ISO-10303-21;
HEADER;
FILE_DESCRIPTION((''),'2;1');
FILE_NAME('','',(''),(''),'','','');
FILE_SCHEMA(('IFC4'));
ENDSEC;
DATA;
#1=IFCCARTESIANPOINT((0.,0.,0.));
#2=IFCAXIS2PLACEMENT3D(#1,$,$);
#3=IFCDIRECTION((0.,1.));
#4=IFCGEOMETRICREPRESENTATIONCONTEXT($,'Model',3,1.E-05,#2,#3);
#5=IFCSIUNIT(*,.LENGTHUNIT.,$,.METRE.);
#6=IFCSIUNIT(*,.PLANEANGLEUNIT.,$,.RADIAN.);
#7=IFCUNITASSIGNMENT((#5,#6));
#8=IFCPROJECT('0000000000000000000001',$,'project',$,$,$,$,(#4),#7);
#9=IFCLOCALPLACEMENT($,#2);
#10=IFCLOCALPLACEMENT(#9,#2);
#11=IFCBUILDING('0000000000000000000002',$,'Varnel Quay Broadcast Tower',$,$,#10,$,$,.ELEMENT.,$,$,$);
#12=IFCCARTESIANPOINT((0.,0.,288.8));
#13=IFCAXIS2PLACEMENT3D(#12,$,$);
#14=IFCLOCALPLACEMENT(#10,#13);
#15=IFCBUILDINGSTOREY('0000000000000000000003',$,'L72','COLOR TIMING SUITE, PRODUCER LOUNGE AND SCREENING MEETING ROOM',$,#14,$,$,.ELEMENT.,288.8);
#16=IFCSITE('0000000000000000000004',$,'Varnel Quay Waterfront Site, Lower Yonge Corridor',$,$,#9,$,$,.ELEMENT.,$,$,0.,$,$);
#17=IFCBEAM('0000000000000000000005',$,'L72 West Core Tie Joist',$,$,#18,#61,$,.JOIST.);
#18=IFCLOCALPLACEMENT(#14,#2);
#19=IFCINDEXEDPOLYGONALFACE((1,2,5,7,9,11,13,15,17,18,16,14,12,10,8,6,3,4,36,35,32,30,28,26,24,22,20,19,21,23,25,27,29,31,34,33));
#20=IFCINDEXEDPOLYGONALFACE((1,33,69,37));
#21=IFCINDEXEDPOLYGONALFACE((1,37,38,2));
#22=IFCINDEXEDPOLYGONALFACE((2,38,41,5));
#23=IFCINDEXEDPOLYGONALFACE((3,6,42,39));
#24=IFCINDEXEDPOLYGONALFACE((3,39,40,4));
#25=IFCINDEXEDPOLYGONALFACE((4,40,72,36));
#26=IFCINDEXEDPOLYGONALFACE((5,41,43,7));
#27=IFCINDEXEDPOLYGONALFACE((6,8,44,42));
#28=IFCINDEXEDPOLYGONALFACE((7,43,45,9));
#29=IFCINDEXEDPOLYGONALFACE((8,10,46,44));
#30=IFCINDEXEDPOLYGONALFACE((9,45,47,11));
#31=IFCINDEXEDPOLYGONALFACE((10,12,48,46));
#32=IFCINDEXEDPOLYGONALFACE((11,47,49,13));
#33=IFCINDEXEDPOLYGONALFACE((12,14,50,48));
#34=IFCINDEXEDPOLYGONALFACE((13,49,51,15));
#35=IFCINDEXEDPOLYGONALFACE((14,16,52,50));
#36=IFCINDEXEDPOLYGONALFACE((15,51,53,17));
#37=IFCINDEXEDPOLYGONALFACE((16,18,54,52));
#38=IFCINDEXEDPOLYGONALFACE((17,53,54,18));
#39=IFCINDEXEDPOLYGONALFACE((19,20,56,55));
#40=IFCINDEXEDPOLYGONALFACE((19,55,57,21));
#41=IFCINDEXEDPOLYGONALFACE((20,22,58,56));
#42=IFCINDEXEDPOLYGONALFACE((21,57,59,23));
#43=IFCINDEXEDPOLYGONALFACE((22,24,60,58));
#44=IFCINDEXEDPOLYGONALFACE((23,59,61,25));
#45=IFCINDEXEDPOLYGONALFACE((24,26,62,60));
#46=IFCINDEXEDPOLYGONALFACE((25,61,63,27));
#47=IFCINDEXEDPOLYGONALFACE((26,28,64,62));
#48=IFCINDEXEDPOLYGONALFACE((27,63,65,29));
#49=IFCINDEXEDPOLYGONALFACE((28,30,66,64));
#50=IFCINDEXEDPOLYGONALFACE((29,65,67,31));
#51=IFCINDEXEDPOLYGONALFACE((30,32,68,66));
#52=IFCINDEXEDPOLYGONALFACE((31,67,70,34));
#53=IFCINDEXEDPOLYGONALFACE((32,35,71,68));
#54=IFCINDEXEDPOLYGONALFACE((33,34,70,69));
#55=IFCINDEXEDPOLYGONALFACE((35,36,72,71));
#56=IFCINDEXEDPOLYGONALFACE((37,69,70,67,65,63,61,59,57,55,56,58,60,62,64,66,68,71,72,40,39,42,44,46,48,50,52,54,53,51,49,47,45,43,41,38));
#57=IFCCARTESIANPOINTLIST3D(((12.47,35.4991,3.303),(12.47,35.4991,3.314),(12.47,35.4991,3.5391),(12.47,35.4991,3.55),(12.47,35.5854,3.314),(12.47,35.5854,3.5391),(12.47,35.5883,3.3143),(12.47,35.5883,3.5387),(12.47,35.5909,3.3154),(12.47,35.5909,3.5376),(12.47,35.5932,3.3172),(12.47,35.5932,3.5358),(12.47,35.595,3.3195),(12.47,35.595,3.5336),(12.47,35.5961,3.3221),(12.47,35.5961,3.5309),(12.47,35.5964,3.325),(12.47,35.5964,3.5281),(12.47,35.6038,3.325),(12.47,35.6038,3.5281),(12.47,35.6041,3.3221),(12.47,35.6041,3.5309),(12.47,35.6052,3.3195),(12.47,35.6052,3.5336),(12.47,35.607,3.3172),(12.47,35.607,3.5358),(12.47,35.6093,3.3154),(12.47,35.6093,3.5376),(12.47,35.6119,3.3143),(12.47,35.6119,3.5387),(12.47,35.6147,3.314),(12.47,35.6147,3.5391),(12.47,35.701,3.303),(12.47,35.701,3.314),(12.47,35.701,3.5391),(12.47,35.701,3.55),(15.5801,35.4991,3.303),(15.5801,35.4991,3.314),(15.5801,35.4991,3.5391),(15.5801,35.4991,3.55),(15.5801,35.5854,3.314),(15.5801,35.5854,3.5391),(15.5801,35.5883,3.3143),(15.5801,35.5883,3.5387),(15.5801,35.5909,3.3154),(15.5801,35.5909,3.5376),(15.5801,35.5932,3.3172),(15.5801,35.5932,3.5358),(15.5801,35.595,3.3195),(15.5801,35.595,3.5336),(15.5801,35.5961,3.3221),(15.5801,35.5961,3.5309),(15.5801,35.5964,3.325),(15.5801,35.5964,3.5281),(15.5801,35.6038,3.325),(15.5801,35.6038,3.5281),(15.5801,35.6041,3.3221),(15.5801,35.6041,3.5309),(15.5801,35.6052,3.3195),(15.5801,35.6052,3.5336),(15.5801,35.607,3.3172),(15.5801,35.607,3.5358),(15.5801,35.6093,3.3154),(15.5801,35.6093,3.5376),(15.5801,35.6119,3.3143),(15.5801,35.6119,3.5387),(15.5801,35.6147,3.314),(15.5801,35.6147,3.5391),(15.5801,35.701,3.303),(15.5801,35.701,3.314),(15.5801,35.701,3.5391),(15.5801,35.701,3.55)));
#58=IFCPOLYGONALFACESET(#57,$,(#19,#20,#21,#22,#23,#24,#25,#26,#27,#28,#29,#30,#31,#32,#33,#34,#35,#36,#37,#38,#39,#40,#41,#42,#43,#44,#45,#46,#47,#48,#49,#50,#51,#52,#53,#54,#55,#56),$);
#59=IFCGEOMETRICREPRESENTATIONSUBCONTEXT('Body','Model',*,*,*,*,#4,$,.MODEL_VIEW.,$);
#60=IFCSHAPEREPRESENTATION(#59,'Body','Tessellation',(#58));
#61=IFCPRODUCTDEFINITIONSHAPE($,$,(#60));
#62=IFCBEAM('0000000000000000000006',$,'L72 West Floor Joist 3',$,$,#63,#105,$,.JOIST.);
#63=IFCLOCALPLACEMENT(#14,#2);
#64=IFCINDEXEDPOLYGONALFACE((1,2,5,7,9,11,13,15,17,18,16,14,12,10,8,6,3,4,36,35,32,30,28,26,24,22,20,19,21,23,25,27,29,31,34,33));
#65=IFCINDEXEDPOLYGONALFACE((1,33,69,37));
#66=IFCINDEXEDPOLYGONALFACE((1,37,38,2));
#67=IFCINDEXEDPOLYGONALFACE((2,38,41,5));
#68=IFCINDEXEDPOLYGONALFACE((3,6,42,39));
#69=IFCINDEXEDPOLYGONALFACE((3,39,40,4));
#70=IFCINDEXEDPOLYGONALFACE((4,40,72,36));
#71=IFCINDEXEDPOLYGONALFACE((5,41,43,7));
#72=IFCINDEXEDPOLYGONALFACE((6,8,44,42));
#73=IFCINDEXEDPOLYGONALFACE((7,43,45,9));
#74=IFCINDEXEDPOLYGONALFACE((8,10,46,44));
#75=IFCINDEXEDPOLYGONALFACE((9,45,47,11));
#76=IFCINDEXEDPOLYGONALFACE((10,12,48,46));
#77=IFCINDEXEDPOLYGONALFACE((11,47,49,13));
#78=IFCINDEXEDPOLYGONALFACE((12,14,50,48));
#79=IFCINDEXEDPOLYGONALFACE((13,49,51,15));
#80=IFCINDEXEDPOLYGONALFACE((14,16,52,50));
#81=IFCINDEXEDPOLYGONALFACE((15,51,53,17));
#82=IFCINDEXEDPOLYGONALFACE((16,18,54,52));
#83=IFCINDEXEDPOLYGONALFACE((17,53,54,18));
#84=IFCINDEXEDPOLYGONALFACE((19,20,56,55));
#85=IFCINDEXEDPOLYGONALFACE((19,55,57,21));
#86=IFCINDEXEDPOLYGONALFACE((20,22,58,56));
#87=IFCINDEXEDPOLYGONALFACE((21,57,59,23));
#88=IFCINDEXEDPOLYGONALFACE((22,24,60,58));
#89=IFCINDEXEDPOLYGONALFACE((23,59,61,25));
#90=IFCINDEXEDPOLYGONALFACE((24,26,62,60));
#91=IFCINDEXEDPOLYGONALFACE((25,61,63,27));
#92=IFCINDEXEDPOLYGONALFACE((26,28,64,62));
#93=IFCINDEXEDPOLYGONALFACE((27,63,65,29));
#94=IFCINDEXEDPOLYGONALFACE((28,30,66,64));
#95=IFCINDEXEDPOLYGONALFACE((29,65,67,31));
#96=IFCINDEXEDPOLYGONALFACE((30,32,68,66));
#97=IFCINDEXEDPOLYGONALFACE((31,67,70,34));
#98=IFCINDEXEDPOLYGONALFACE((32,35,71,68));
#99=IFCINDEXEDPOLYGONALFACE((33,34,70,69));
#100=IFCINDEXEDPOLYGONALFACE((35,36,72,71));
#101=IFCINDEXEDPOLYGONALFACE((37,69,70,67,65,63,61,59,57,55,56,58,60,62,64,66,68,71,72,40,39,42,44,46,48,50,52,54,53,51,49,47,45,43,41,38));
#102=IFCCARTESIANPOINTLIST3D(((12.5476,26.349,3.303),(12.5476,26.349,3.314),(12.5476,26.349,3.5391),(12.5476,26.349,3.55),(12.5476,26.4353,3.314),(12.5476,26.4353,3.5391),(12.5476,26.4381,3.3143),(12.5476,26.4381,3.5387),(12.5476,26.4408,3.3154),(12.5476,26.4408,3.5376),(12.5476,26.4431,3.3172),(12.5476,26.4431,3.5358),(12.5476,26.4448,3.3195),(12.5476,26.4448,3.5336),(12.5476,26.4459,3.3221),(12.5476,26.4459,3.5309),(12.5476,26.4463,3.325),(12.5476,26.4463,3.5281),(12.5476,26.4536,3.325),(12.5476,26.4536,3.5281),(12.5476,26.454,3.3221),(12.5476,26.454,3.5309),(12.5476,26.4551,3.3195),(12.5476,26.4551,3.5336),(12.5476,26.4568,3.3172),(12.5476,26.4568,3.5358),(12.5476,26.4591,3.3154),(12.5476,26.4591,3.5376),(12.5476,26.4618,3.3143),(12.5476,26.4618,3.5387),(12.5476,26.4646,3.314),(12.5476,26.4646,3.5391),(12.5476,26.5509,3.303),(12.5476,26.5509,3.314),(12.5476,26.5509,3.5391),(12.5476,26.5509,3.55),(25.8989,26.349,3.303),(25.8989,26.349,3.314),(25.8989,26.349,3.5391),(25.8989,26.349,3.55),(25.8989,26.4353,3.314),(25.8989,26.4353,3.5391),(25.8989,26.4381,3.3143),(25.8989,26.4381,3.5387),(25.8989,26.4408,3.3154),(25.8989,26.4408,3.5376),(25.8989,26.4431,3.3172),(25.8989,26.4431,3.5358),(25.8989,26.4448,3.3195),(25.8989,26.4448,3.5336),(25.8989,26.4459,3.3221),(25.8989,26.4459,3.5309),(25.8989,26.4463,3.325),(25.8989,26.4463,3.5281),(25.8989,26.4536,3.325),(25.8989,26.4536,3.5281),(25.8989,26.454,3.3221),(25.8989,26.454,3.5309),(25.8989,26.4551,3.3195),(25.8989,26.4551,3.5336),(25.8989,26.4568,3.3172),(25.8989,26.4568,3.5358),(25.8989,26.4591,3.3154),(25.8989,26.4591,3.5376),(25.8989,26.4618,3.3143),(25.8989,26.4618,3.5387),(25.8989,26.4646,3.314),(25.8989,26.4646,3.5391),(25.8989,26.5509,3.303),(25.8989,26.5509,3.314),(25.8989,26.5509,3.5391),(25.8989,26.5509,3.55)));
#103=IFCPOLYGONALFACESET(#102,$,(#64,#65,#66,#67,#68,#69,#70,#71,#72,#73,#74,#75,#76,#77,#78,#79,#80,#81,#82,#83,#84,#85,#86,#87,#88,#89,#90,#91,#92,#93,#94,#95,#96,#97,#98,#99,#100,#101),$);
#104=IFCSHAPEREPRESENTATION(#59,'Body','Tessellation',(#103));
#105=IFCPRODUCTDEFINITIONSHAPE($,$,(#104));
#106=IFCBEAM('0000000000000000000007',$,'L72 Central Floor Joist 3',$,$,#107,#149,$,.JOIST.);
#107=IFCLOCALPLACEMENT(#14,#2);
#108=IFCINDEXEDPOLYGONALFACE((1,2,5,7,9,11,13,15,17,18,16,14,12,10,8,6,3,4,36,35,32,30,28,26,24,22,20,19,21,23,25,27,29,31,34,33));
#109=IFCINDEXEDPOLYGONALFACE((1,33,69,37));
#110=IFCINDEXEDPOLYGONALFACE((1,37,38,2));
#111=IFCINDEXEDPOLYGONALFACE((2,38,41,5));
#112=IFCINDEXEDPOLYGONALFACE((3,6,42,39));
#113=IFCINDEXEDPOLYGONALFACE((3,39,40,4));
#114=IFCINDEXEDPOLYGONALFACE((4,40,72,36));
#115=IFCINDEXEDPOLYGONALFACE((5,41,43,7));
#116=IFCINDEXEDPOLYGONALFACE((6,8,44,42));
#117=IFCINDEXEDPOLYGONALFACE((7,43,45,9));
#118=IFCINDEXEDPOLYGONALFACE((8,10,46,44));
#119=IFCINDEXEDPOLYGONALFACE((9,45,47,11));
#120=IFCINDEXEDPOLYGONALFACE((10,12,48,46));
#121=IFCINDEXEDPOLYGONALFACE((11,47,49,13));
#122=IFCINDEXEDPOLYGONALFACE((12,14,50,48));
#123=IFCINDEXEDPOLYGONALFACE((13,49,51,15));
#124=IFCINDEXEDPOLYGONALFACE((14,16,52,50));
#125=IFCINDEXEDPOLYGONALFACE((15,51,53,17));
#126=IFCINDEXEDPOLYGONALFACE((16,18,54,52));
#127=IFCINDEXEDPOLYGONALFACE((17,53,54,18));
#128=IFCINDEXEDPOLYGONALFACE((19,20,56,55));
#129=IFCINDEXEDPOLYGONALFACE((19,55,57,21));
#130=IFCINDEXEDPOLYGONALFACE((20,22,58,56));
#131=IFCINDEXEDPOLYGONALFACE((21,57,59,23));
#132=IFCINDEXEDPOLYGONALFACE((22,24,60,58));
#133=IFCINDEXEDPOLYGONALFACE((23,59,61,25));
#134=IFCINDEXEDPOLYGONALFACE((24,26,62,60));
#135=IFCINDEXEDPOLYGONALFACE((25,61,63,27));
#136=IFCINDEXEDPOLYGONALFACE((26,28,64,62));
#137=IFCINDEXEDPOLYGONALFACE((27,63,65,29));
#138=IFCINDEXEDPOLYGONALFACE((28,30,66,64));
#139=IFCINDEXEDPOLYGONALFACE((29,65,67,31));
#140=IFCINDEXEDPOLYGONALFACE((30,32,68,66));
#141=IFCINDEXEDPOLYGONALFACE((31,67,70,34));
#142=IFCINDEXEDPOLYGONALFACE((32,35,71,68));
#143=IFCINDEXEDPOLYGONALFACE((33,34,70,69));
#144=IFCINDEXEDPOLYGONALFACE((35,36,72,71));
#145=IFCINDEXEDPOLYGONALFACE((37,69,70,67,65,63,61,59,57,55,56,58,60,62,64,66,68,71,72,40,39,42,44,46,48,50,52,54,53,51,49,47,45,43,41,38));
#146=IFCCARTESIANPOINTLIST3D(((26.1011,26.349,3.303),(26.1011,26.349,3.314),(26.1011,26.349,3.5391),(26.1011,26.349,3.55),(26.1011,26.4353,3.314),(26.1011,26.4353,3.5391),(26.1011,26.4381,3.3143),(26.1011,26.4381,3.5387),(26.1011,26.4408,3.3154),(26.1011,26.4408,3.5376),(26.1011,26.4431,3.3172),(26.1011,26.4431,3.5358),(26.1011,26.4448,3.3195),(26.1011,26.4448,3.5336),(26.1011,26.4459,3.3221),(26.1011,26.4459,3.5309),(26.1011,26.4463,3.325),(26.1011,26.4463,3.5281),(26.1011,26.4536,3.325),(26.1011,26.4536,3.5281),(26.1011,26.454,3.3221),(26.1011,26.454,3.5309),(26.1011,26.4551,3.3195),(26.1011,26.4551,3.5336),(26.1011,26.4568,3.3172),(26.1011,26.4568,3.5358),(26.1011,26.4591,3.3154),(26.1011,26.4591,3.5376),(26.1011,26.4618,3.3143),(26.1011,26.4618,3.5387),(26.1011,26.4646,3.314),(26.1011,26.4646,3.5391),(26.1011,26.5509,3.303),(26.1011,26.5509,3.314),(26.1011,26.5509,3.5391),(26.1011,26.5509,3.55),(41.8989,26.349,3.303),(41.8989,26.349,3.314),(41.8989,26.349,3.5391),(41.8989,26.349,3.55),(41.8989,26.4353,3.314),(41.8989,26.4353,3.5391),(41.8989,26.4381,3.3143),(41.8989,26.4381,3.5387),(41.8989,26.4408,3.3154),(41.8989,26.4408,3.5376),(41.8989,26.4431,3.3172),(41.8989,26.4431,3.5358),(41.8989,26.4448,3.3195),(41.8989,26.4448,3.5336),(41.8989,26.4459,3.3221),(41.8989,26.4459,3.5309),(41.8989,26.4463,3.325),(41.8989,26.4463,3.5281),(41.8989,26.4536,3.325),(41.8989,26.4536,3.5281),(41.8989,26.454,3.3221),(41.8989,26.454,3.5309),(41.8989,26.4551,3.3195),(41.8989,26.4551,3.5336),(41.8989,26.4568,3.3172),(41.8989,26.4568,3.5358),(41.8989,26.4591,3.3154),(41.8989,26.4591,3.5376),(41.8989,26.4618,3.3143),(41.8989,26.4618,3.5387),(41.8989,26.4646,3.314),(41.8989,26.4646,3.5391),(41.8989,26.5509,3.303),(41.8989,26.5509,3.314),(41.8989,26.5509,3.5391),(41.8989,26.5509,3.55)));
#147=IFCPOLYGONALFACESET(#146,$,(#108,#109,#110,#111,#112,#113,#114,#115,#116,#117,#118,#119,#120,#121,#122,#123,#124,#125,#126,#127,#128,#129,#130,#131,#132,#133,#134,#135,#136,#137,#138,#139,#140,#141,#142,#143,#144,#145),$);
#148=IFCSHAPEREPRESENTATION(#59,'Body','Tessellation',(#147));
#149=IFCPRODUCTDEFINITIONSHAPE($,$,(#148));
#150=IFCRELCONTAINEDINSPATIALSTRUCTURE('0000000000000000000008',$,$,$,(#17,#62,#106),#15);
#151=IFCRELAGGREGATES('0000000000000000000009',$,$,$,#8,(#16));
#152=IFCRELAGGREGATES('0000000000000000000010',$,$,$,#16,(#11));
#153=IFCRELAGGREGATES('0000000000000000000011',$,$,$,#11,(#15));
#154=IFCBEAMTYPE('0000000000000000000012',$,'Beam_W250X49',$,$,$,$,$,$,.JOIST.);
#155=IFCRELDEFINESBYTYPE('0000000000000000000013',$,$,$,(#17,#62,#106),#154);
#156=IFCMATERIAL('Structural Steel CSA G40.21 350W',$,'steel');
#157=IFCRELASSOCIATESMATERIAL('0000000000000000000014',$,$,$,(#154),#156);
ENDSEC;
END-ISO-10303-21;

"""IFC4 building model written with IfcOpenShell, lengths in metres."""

from ifc_helpers import new_model, si_unit, direction, frame, origin, origin_2d, place, context, subcontext, project, spatial, i_section, extrude, source, transform, mapped, material, material_profile, profile_set, type_object, type_shapes, element, save


model = new_model("IFC4")

# Units and contexts
model_context = context("Model", 3, precision=1e-05, world=origin(), true_north=direction((0.0, 1.0)))
body_context = subcontext(model_context, "Body", "Model", "MODEL_VIEW")
ifc_project = project(units=[si_unit("LENGTHUNIT", "METRE"), si_unit("PLANEANGLEUNIT", "RADIAN")], contexts=[model_context])

# Site, building, storey
site_placement = place(None, origin())
site = spatial("IfcSite", under=ifc_project, at=site_placement, Name="Varnel Quay Waterfront Site, Lower Yonge Corridor", CompositionType="ELEMENT", RefElevation=0.0)
building_placement = place(site_placement, origin())
building = spatial("IfcBuilding", under=site, at=building_placement, Name="Varnel Quay Broadcast Tower", CompositionType="ELEMENT")
storey_placement = place(building_placement, frame((0.0, 0.0, 288.8)))
storey = spatial("IfcBuildingStorey", under=building, at=storey_placement, Name="L72", Description="COLOR TIMING SUITE, PRODUCER LOUNGE AND SCREENING MEETING ROOM", CompositionType="ELEMENT", Elevation=288.8)

# Shared definitions
ifc_material_1 = material(Name="Structural Steel CSA G40.21 350W", Category="steel")

# Beams
ifc_material_profile_1 = material_profile(ifc_material_1, i_section(OverallWidth=0.2019, OverallDepth=0.2471, WebThickness=0.0073, FlangeThickness=0.011, FilletRadius=0.011, at=origin_2d()), Name="W250X49")
ifc_profile_set_1 = profile_set([ifc_material_profile_1], Name="Structural Steel CSA G40.21 350W")
beam_type_1 = type_object("IfcBeamType", Name="Beam_W250X49", PredefinedType="JOIST", material=ifc_profile_set_1)
shared_shape_1 = source(origin(), body_context, "Body", "SweptSolid", [
    extrude(i_section(OverallWidth=0.2019, OverallDepth=0.2471, WebThickness=0.0073, FlangeThickness=0.011, FilletRadius=0.011, at=origin_2d()), origin(), (0.0, 0.0, 1.0), 3.1101),
])
beam_1_placement = place(storey_placement, frame((12.47, 35.6001, 3.4265), z_axis=(1.0, 0.0, 0.0), x_axis=(0.0, 1.0, 0.0)))
element("IfcBeam", 1, at=beam_1_placement, inside=storey, type_object=beam_type_1, Name="L72 West Core Tie Joist", PredefinedType="JOIST", context=body_context, shape_type="MappedRepresentation", body=[
    mapped(shared_shape_1, transform((0.0, 0.0, 0.0), x_axis=(1.0, 0.0, 0.0), y_axis=(0.0, 1.0, 0.0), z_axis=(0.0, 0.0, 1.0), scale=1.0)),
])
shared_shape_2 = source(origin(), body_context, "Body", "SweptSolid", [
    extrude(i_section(OverallWidth=0.2019, OverallDepth=0.2471, WebThickness=0.0073, FlangeThickness=0.011, FilletRadius=0.011, at=origin_2d()), origin(), (0.0, 0.0, 1.0), 13.3513),
])
beam_2_placement = place(storey_placement, frame((12.5476, 26.45, 3.4265), z_axis=(1.0, 0.0, 0.0), x_axis=(0.0, 1.0, 0.0)))
element("IfcBeam", 2, at=beam_2_placement, inside=storey, type_object=beam_type_1, Name="L72 West Floor Joist 3", PredefinedType="JOIST", context=body_context, shape_type="MappedRepresentation", body=[
    mapped(shared_shape_2, transform((0.0, 0.0, 0.0), x_axis=(1.0, 0.0, 0.0), y_axis=(0.0, 1.0, 0.0), z_axis=(0.0, 0.0, 1.0), scale=1.0)),
])
shared_shape_3 = source(origin(), body_context, "Body", "SweptSolid", [
    extrude(i_section(OverallWidth=0.2019, OverallDepth=0.2471, WebThickness=0.0073, FlangeThickness=0.011, FilletRadius=0.011, at=origin_2d()), origin(), (0.0, 0.0, 1.0), 15.7979),
])
type_shapes(beam_type_1, [shared_shape_1, shared_shape_2, shared_shape_3])
beam_3_placement = place(storey_placement, frame((26.1011, 26.45, 3.4265), z_axis=(1.0, 0.0, 0.0), x_axis=(0.0, 1.0, 0.0)))
element("IfcBeam", 3, at=beam_3_placement, inside=storey, type_object=beam_type_1, Name="L72 Central Floor Joist 3", PredefinedType="JOIST", context=body_context, shape_type="MappedRepresentation", body=[
    mapped(shared_shape_3, transform((0.0, 0.0, 0.0), x_axis=(1.0, 0.0, 0.0), y_axis=(0.0, 1.0, 0.0), z_axis=(0.0, 0.0, 1.0), scale=1.0)),
])

save(model, "model.ifc")
